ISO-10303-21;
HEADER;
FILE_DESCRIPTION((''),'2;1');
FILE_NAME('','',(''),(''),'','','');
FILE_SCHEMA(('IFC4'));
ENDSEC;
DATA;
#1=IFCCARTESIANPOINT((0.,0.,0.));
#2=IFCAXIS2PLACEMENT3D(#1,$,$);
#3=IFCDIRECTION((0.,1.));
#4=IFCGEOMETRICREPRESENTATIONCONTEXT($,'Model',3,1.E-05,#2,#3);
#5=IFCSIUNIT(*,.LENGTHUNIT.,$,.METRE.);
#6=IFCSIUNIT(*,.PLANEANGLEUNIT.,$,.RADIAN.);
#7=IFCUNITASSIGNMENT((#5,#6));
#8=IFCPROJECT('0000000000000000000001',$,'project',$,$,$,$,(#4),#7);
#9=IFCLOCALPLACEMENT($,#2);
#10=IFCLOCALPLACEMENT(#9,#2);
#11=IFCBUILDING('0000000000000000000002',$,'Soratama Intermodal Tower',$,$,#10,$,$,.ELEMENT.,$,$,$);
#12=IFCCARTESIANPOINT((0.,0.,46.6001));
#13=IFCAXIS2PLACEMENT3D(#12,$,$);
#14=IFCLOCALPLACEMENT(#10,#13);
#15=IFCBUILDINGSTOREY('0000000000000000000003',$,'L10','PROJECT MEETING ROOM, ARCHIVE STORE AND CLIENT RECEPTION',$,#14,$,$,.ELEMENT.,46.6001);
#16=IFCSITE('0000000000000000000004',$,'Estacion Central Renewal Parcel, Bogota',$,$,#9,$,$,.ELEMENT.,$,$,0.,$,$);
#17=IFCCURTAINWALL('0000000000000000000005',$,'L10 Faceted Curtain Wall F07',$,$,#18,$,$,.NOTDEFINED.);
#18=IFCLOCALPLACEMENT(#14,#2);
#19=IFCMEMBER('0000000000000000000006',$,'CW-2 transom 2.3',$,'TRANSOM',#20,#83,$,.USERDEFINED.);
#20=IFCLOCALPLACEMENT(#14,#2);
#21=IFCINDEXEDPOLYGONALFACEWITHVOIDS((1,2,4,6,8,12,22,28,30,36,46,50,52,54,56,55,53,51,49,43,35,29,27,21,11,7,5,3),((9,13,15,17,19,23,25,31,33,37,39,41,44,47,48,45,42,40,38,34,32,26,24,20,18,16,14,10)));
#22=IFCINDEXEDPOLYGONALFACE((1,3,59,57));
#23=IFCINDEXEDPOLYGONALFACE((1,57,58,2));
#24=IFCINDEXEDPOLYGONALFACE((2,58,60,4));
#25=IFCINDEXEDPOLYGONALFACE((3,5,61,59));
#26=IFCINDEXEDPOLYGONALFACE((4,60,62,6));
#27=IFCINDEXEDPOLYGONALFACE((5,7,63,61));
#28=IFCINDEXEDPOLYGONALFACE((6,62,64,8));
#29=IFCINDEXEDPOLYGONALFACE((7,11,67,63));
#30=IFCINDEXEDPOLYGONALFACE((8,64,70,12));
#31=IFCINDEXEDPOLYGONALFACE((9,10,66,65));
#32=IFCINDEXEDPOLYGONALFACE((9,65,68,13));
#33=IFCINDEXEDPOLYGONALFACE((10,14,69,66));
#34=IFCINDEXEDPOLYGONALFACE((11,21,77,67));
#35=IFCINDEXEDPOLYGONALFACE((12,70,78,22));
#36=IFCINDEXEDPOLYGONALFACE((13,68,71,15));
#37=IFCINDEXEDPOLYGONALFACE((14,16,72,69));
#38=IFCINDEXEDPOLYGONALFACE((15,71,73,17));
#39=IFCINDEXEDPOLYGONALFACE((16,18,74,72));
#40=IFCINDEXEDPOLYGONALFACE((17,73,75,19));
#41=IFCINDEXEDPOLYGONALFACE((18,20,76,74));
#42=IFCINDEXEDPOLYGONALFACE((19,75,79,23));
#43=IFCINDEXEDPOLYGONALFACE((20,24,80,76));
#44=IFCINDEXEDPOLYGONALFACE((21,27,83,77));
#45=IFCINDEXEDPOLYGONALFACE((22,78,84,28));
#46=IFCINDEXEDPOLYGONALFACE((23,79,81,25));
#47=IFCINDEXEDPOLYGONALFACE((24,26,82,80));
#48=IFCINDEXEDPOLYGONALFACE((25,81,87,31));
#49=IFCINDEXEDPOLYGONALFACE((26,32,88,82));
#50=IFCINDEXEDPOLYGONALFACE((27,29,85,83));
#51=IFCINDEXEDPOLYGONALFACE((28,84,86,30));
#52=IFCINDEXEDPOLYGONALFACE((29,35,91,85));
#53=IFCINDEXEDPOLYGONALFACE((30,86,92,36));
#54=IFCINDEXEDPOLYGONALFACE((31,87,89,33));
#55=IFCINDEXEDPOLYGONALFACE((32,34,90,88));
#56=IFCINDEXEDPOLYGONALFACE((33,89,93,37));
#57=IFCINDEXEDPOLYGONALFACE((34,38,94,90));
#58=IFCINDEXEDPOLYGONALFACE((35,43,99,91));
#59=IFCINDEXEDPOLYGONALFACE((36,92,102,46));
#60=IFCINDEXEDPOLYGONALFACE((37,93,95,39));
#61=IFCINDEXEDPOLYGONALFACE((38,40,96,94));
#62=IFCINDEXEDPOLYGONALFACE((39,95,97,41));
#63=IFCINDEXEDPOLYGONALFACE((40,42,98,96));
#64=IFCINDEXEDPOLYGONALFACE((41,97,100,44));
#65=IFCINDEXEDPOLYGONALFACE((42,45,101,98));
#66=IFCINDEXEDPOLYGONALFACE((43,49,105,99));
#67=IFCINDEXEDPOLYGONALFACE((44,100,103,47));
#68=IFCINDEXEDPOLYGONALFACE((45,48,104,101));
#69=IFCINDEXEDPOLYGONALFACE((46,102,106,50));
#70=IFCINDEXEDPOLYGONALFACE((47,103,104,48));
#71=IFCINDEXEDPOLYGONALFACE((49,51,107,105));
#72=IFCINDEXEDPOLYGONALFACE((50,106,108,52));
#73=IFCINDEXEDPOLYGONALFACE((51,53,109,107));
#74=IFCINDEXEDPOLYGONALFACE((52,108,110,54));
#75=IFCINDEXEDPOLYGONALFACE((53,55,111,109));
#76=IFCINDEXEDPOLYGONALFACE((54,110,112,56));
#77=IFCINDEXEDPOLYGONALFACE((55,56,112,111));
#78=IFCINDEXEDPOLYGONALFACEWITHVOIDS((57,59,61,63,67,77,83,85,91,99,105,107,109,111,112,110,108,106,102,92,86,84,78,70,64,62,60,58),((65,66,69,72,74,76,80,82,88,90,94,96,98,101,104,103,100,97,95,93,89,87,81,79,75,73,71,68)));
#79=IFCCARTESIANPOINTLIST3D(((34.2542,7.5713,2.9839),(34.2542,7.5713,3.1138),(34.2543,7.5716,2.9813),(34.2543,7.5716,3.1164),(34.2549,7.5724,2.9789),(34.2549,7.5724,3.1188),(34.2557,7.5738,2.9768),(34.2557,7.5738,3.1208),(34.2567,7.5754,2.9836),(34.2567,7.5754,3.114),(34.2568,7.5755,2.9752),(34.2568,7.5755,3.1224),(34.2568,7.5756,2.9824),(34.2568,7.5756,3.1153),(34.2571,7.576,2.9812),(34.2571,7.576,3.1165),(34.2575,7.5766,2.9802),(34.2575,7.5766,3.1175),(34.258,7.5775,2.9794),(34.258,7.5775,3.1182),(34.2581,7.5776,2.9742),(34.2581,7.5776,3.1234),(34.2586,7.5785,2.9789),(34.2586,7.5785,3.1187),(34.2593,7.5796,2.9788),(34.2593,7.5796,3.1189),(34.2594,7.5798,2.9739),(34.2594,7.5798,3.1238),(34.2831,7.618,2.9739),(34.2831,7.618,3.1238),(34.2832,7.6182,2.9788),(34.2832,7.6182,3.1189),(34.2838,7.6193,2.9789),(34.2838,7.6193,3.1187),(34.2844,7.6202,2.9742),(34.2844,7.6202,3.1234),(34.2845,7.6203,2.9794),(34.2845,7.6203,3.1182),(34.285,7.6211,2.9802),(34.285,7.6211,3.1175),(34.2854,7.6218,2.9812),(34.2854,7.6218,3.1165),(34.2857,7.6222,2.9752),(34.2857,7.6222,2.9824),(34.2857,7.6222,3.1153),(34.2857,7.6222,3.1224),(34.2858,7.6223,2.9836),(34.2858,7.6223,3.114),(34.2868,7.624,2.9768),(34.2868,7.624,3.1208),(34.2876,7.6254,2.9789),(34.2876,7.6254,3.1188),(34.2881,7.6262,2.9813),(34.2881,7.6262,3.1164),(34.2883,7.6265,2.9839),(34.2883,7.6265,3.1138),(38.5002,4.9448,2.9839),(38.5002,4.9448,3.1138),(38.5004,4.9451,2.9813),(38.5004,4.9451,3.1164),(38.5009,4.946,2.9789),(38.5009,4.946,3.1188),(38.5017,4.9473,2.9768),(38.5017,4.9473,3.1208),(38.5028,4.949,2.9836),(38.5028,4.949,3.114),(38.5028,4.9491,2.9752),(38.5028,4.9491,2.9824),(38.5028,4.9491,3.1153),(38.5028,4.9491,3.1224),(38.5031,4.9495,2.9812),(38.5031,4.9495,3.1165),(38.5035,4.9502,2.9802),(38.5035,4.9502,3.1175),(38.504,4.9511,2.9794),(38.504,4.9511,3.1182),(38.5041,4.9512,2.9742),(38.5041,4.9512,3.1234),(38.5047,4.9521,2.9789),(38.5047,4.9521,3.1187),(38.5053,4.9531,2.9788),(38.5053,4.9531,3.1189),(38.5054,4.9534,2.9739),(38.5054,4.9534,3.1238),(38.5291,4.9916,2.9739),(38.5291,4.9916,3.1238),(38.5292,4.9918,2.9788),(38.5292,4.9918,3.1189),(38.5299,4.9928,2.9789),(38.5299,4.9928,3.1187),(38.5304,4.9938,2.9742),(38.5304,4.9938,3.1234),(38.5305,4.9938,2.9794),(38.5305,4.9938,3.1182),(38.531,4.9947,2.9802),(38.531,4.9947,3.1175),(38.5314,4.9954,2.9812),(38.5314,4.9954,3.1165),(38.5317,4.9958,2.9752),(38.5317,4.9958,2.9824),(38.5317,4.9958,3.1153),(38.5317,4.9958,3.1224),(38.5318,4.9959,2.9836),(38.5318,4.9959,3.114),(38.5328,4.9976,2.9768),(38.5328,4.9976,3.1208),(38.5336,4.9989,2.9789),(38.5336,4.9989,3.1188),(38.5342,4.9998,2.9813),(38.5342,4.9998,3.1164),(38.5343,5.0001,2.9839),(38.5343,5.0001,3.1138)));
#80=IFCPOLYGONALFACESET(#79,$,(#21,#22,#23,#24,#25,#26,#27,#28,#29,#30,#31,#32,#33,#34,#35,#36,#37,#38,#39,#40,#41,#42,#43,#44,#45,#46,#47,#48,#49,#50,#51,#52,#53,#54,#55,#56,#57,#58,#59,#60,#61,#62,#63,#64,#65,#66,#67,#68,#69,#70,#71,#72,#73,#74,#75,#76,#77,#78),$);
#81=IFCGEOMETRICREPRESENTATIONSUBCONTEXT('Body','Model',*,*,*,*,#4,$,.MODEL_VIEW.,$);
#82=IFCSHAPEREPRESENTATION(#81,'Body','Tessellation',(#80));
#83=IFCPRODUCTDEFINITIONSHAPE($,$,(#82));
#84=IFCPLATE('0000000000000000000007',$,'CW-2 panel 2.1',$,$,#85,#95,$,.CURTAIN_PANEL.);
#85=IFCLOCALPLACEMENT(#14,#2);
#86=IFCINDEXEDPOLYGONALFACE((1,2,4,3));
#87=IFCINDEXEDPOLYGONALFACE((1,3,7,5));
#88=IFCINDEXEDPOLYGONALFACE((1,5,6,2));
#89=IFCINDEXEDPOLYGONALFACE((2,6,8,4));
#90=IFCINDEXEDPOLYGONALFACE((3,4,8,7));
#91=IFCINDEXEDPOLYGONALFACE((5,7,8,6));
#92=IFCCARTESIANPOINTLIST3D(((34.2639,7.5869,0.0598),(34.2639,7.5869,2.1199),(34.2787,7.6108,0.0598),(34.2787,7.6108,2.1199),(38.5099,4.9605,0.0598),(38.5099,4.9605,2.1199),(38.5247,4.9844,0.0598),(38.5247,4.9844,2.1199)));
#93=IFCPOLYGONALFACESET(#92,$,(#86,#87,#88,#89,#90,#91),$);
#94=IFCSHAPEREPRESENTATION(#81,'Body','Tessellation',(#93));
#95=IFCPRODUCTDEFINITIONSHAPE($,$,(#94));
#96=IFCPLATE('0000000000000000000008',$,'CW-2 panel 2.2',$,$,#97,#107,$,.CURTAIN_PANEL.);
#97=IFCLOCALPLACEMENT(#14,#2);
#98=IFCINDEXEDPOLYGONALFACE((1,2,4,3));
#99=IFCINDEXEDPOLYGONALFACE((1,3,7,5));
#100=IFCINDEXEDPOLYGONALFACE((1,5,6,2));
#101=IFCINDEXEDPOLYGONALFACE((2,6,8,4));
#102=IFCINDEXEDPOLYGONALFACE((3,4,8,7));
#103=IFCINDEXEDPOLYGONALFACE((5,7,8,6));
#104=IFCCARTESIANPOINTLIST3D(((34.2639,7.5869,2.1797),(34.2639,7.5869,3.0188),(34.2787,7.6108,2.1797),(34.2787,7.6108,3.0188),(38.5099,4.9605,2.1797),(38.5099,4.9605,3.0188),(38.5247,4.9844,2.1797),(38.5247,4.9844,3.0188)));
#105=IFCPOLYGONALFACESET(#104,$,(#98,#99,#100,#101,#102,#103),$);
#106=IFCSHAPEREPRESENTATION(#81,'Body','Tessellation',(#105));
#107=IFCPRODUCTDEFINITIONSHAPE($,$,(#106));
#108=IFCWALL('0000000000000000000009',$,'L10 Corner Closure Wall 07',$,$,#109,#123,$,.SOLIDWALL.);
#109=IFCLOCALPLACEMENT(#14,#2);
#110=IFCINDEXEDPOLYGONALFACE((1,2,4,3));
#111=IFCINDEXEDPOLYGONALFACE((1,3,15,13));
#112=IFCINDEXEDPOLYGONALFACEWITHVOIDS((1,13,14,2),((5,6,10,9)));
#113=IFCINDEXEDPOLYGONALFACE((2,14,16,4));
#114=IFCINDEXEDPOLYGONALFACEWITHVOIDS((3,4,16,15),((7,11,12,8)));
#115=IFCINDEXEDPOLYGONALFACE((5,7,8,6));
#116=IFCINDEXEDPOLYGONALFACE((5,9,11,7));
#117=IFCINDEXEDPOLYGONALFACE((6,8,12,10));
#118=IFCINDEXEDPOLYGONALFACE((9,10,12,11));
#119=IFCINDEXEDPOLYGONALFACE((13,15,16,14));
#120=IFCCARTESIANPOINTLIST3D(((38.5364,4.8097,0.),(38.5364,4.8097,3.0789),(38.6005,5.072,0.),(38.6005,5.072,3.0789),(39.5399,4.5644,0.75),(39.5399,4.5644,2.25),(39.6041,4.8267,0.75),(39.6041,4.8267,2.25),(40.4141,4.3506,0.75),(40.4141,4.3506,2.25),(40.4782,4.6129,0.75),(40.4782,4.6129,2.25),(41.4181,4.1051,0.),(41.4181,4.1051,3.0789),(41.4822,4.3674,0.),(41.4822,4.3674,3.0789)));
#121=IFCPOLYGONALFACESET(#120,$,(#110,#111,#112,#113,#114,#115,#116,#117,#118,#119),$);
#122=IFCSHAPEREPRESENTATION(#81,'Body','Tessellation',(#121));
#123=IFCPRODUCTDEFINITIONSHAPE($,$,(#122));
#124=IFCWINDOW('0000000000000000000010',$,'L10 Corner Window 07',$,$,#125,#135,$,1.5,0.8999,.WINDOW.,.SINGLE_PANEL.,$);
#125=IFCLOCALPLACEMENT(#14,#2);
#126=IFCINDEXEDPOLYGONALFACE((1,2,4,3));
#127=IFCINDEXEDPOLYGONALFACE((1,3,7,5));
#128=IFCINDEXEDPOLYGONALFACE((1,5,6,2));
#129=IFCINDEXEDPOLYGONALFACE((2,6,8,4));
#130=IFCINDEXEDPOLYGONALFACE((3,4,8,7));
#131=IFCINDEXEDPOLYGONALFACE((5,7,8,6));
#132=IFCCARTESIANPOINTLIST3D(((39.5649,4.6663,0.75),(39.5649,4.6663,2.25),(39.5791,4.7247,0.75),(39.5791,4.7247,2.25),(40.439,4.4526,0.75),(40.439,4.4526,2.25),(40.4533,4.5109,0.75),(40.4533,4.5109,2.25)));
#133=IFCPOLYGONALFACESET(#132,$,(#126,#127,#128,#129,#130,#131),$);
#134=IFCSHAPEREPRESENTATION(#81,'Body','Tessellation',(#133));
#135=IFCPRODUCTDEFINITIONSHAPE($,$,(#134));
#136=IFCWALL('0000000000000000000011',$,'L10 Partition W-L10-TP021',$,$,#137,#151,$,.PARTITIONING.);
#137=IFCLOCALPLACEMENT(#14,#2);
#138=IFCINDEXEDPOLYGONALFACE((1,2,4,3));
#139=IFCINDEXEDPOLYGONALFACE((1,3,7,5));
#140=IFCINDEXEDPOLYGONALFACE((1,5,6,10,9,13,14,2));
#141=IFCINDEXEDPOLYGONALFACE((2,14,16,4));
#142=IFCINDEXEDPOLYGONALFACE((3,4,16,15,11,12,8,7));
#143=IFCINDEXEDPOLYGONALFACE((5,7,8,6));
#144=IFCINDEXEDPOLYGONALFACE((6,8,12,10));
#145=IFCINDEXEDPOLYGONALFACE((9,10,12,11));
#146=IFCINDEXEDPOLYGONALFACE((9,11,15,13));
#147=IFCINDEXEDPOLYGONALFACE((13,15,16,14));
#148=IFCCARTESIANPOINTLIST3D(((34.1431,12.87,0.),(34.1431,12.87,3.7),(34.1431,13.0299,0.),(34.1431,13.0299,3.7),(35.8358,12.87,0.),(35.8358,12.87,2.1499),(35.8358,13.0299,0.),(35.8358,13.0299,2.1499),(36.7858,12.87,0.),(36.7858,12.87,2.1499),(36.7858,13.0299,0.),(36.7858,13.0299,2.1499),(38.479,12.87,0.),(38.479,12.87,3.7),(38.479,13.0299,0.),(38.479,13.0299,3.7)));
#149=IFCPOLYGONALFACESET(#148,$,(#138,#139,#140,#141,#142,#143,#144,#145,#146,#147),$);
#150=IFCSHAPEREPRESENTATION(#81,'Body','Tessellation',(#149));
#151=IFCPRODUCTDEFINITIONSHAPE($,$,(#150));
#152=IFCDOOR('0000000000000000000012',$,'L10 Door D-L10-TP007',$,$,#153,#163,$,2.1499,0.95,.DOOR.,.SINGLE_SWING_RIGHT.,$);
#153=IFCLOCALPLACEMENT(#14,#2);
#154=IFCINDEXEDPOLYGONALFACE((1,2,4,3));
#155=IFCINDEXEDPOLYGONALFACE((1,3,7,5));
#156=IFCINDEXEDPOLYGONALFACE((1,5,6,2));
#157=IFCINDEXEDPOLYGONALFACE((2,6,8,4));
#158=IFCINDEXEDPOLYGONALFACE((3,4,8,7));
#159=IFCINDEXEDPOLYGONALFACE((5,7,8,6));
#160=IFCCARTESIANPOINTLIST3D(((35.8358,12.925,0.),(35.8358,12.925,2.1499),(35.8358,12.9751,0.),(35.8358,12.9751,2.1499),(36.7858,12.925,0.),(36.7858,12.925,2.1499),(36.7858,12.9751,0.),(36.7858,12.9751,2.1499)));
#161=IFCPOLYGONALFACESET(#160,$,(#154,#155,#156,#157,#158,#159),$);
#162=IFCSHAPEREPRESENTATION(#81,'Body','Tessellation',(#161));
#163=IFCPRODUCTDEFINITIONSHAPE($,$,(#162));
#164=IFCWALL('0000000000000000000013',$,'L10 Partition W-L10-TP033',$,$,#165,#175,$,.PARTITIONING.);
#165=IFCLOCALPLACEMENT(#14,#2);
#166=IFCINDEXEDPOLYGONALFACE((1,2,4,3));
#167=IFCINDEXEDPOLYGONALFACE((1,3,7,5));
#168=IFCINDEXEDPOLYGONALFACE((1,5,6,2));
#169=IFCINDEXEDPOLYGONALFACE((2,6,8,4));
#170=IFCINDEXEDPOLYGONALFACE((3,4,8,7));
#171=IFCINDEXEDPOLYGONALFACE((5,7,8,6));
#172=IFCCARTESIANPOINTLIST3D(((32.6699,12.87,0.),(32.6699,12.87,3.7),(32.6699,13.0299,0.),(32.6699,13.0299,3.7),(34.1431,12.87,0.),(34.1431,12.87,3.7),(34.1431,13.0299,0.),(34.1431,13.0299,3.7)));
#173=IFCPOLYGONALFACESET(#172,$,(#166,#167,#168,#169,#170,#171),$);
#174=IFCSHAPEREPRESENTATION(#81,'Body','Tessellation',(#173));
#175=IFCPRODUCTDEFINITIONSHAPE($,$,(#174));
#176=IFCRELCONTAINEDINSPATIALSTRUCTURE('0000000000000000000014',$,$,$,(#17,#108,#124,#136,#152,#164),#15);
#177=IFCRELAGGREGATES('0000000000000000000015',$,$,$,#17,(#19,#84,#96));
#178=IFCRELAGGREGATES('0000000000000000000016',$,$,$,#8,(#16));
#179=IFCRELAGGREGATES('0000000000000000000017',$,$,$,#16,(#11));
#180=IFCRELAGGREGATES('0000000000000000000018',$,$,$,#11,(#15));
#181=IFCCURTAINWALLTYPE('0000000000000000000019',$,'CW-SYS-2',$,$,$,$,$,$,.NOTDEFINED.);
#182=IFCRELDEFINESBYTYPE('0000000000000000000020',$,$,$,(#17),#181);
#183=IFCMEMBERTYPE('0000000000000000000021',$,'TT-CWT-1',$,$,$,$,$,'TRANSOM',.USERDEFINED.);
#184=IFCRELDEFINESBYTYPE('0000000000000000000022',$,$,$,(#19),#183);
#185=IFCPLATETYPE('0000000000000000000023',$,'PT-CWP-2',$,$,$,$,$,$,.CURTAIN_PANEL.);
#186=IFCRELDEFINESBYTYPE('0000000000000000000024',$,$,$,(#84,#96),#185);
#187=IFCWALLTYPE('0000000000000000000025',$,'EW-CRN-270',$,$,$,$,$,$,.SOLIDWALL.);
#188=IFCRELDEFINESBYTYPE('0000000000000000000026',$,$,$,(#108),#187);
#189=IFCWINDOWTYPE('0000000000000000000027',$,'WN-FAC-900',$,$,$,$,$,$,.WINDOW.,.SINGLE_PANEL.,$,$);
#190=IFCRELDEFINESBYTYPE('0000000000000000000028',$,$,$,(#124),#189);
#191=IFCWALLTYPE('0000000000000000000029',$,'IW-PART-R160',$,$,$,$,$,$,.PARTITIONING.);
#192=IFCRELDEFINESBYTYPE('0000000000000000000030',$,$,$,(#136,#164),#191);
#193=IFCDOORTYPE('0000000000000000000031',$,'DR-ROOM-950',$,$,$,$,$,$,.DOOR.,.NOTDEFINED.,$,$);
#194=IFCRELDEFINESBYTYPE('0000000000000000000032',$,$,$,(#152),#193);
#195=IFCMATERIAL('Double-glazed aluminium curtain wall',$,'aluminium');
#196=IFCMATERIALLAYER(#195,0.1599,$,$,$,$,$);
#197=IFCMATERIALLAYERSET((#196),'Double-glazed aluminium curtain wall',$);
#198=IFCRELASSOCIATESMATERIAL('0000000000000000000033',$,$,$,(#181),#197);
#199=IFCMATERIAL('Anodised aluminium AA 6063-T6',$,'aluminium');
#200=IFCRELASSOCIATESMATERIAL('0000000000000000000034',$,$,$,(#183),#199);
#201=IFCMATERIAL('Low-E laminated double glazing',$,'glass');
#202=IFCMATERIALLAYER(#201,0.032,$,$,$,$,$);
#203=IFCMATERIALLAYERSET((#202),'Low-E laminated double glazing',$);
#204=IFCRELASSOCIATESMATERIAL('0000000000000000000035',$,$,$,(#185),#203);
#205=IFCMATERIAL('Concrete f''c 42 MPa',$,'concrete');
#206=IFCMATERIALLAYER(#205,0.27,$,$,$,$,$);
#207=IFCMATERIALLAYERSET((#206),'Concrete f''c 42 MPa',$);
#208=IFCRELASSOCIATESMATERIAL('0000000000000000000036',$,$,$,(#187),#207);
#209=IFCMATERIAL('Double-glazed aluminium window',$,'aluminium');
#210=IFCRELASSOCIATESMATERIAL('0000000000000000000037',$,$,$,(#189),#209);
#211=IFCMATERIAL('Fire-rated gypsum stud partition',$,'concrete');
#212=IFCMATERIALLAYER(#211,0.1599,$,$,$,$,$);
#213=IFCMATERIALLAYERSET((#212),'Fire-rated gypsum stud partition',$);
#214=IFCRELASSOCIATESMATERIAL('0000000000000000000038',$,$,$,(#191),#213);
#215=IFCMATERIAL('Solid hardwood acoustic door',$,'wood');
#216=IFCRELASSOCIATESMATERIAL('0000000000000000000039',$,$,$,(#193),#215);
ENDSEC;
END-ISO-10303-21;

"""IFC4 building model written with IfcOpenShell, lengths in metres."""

from ifc_helpers import new_model, si_unit, direction, frame, frame_2d, origin, origin_2d, place, context, subcontext, project, spatial, rectangle, hollow_rectangle, extrude, material, layer, layer_set, material_profile, profile_set, type_object, element, fill, aggregate, save


model = new_model("IFC4")

# Units and contexts
model_context = context("Model", 3, precision=1e-05, world=origin(), true_north=direction((0.0, 1.0)))
body_context = subcontext(model_context, "Body", "Model", "MODEL_VIEW")
ifc_project = project(units=[si_unit("LENGTHUNIT", "METRE"), si_unit("PLANEANGLEUNIT", "RADIAN")], contexts=[model_context])

# Site, building, storey
site_placement = place(None, origin())
site = spatial("IfcSite", under=ifc_project, at=site_placement, Name="Estacion Central Renewal Parcel, Bogota", CompositionType="ELEMENT", RefElevation=0.0)
building_placement = place(site_placement, origin())
building = spatial("IfcBuilding", under=site, at=building_placement, Name="Soratama Intermodal Tower", CompositionType="ELEMENT")
storey_placement = place(building_placement, frame((0.0, 0.0, 46.6001)))
storey = spatial("IfcBuildingStorey", under=building, at=storey_placement, Name="L10", Description="PROJECT MEETING ROOM, ARCHIVE STORE AND CLIENT RECEPTION", CompositionType="ELEMENT", Elevation=46.6001)

# Curtain wall, member, plates
ifc_material_1 = material(Name="Double-glazed aluminium curtain wall", Category="aluminium")
ifc_layer_1 = layer(ifc_material_1, 0.1599)
ifc_layer_set_1 = layer_set([ifc_layer_1], Name="Double-glazed aluminium curtain wall")
curtain_wall_type = type_object("IfcCurtainWallType", Name="CW-SYS-2", PredefinedType="NOTDEFINED", material=ifc_layer_set_1)
curtain_wall_placement = place(storey_placement, origin())
curtain_wall = element("IfcCurtainWall", 1, at=curtain_wall_placement, inside=storey, type_object=curtain_wall_type, Name="L10 Faceted Curtain Wall F07", PredefinedType="NOTDEFINED")
ifc_material_2 = material(Name="Anodised aluminium AA 6063-T6", Category="aluminium")
ifc_material_profile_1 = material_profile(ifc_material_2, hollow_rectangle(XDim=0.0649, YDim=0.1499, WallThickness=0.0049, InnerFilletRadius=0.0049, OuterFilletRadius=0.01, at=origin_2d()), Name="CWT150X65X5")
ifc_profile_set_1 = profile_set([ifc_material_profile_1], Name="Anodised aluminium AA 6063-T6")
member_type_1 = type_object("IfcMemberType", Name="TT-CWT-1", ElementType="TRANSOM", PredefinedType="USERDEFINED", material=ifc_profile_set_1)
member_1_placement = place(storey_placement, frame((34.2712, 7.5989, 3.0488), z_axis=(0.850451, -0.526055, 0.0), x_axis=(0.526055, 0.850451, 0.0)))
member_1 = element("IfcMember", 2, at=member_1_placement, type_object=member_type_1, Name="CW-2 transom 2.3", ObjectType="TRANSOM", PredefinedType="USERDEFINED", context=body_context, shape_type="SweptSolid", body=[
    extrude(hollow_rectangle(XDim=0.0649, YDim=0.1499, WallThickness=0.0049, InnerFilletRadius=0.0049, OuterFilletRadius=0.01, at=origin_2d()), origin(), (0.0, 0.0, 1.0), 4.9927),
])
ifc_material_3 = material(Name="Low-E laminated double glazing", Category="glass")
ifc_layer_2 = layer(ifc_material_3, 0.032)
ifc_layer_set_2 = layer_set([ifc_layer_2], Name="Low-E laminated double glazing")
plate_type = type_object("IfcPlateType", Name="PT-CWP-2", PredefinedType="CURTAIN_PANEL", material=ifc_layer_set_2)
plate_1_placement = place(storey_placement, frame((36.3943, 6.2856, 0.0598), z_axis=(0.0, 0.0, 1.0), x_axis=(0.850449, -0.526058, 0.0)))
plate_1 = element("IfcPlate", 3, at=plate_1_placement, type_object=plate_type, Name="CW-2 panel 2.1", PredefinedType="CURTAIN_PANEL", context=body_context, shape_type="SweptSolid", body=[
    extrude(rectangle(XDim=4.9927, YDim=0.0281, at=origin_2d()), origin(), (0.0, 0.0, 1.0), 2.0601),
])
plate_2_placement = place(storey_placement, frame((36.3943, 6.2856, 2.1797), z_axis=(0.0, 0.0, 1.0), x_axis=(0.850449, -0.526058, 0.0)))
plate_2 = element("IfcPlate", 4, at=plate_2_placement, type_object=plate_type, Name="CW-2 panel 2.2", PredefinedType="CURTAIN_PANEL", context=body_context, shape_type="SweptSolid", body=[
    extrude(rectangle(XDim=4.9927, YDim=0.0281, at=origin_2d()), origin(), (0.0, 0.0, 1.0), 0.8391),
])
aggregate(curtain_wall, [member_1, plate_1, plate_2])

# Wall, opening, window
ifc_material_4 = material(Name="Concrete f'c 42 MPa", Category="concrete")
ifc_layer_3 = layer(ifc_material_4, 0.27)
ifc_layer_set_3 = layer_set([ifc_layer_3], Name="Concrete f'c 42 MPa")
wall_type_1 = type_object("IfcWallType", Name="EW-CRN-270", PredefinedType="SOLIDWALL", material=ifc_layer_set_3)
wall_1_placement = place(storey_placement, frame((38.5684, 4.9409, 0.0), z_axis=(0.0, 0.0, 1.0), x_axis=(0.971383, -0.237517, 0.0)))
wall_1 = element("IfcWall", 5, at=wall_1_placement, inside=storey, type_object=wall_type_1, Name="L10 Corner Closure Wall 07", PredefinedType="SOLIDWALL", context=body_context, shape_type="SweptSolid", body=[
    extrude(rectangle(XDim=2.9666, YDim=0.27, at=frame_2d((1.4834, 0.0))), origin(), (0.0, 0.0, 1.0), 3.0789),
])
opening_1_placement = place(wall_1_placement, frame((1.0332, 0.0, 0.75)))
opening_1 = element("IfcOpeningElement", 6, at=opening_1_placement, cuts=wall_1, PredefinedType="OPENING", context=body_context, shape_type="SweptSolid", body=[
    extrude(rectangle(XDim=0.8999, YDim=1.5, at=frame_2d((0.45, 0.75))), frame((0.0, 0.145, 0.0), z_axis=(0.0, -1.0, 0.0), x_axis=(1.0, 0.0, 0.0)), (0.0, 0.0, 1.0), 0.29),
])
ifc_material_5 = material(Name="Double-glazed aluminium window", Category="aluminium")
window_type = type_object("IfcWindowType", Name="WN-FAC-900", PartitioningType="SINGLE_PANEL", PredefinedType="WINDOW", material=ifc_material_5)
window_placement = place(opening_1_placement, origin())
window = element("IfcWindow", 7, at=window_placement, inside=storey, type_object=window_type, Name="L10 Corner Window 07", OverallHeight=1.5, OverallWidth=0.8999, PartitioningType="SINGLE_PANEL", PredefinedType="WINDOW", context=body_context, shape_type="SweptSolid", body=[
    extrude(rectangle(XDim=0.8999, YDim=1.5, at=frame_2d((0.45, 0.75))), frame((0.0, 0.03, 0.0), z_axis=(0.0, -1.0, 0.0), x_axis=(1.0, 0.0, 0.0)), (0.0, 0.0, 1.0), 0.0601),
])
fill(opening_1, window)

# Wall, opening, door
ifc_material_6 = material(Name="Fire-rated gypsum stud partition", Category="concrete")
ifc_layer_4 = layer(ifc_material_6, 0.1599)
ifc_layer_set_4 = layer_set([ifc_layer_4], Name="Fire-rated gypsum stud partition")
wall_type_2 = type_object("IfcWallType", Name="IW-PART-R160", PredefinedType="PARTITIONING", material=ifc_layer_set_4)
wall_2_placement = place(storey_placement, frame((38.479, 12.95, 0.0), z_axis=(0.0, 0.0, 1.0), x_axis=(-1.0, 0.0, 0.0)))
wall_2 = element("IfcWall", 8, at=wall_2_placement, inside=storey, type_object=wall_type_2, Name="L10 Partition W-L10-TP021", PredefinedType="PARTITIONING", context=body_context, shape_type="SweptSolid", body=[
    extrude(rectangle(XDim=4.3359, YDim=0.1599, at=frame_2d((2.168, 0.0))), origin(), (0.0, 0.0, 1.0), 3.7),
])
opening_2_placement = place(wall_2_placement, frame((1.6931, 0.0, 0.0)))
opening_2 = element("IfcOpeningElement", 9, at=opening_2_placement, cuts=wall_2, PredefinedType="OPENING", context=body_context, shape_type="SweptSolid", body=[
    extrude(rectangle(XDim=0.95, YDim=2.1499, at=frame_2d((0.4751, 1.075))), frame((0.0, 0.0898, 0.0), z_axis=(0.0, -1.0, 0.0), x_axis=(1.0, 0.0, 0.0)), (0.0, 0.0, 1.0), 0.1799),
])
ifc_material_7 = material(Name="Solid hardwood acoustic door", Category="wood")
door_type = type_object("IfcDoorType", Name="DR-ROOM-950", OperationType="NOTDEFINED", PredefinedType="DOOR", material=ifc_material_7)
door_placement = place(opening_2_placement, origin())
door = element("IfcDoor", 10, at=door_placement, inside=storey, type_object=door_type, Name="L10 Door D-L10-TP007", OperationType="SINGLE_SWING_RIGHT", OverallHeight=2.1499, OverallWidth=0.95, PredefinedType="DOOR", context=body_context, shape_type="SweptSolid", body=[
    extrude(rectangle(XDim=0.95, YDim=2.1499, at=frame_2d((0.4751, 1.075))), frame((0.0, 0.0249, 0.0), z_axis=(0.0, -1.0, 0.0), x_axis=(1.0, 0.0, 0.0)), (0.0, 0.0, 1.0), 0.05),
])
fill(opening_2, door)

# Wall
wall_3_placement = place(storey_placement, frame((34.1431, 12.95, 0.0), z_axis=(0.0, 0.0, 1.0), x_axis=(-1.0, 0.0, 0.0)))
element("IfcWall", 11, at=wall_3_placement, inside=storey, type_object=wall_type_2, Name="L10 Partition W-L10-TP033", PredefinedType="PARTITIONING", context=body_context, shape_type="SweptSolid", body=[
    extrude(rectangle(XDim=1.4731, YDim=0.1599, at=frame_2d((0.7366, 0.0))), origin(), (0.0, 0.0, 1.0), 3.7),
])

save(model, "model.ifc")
